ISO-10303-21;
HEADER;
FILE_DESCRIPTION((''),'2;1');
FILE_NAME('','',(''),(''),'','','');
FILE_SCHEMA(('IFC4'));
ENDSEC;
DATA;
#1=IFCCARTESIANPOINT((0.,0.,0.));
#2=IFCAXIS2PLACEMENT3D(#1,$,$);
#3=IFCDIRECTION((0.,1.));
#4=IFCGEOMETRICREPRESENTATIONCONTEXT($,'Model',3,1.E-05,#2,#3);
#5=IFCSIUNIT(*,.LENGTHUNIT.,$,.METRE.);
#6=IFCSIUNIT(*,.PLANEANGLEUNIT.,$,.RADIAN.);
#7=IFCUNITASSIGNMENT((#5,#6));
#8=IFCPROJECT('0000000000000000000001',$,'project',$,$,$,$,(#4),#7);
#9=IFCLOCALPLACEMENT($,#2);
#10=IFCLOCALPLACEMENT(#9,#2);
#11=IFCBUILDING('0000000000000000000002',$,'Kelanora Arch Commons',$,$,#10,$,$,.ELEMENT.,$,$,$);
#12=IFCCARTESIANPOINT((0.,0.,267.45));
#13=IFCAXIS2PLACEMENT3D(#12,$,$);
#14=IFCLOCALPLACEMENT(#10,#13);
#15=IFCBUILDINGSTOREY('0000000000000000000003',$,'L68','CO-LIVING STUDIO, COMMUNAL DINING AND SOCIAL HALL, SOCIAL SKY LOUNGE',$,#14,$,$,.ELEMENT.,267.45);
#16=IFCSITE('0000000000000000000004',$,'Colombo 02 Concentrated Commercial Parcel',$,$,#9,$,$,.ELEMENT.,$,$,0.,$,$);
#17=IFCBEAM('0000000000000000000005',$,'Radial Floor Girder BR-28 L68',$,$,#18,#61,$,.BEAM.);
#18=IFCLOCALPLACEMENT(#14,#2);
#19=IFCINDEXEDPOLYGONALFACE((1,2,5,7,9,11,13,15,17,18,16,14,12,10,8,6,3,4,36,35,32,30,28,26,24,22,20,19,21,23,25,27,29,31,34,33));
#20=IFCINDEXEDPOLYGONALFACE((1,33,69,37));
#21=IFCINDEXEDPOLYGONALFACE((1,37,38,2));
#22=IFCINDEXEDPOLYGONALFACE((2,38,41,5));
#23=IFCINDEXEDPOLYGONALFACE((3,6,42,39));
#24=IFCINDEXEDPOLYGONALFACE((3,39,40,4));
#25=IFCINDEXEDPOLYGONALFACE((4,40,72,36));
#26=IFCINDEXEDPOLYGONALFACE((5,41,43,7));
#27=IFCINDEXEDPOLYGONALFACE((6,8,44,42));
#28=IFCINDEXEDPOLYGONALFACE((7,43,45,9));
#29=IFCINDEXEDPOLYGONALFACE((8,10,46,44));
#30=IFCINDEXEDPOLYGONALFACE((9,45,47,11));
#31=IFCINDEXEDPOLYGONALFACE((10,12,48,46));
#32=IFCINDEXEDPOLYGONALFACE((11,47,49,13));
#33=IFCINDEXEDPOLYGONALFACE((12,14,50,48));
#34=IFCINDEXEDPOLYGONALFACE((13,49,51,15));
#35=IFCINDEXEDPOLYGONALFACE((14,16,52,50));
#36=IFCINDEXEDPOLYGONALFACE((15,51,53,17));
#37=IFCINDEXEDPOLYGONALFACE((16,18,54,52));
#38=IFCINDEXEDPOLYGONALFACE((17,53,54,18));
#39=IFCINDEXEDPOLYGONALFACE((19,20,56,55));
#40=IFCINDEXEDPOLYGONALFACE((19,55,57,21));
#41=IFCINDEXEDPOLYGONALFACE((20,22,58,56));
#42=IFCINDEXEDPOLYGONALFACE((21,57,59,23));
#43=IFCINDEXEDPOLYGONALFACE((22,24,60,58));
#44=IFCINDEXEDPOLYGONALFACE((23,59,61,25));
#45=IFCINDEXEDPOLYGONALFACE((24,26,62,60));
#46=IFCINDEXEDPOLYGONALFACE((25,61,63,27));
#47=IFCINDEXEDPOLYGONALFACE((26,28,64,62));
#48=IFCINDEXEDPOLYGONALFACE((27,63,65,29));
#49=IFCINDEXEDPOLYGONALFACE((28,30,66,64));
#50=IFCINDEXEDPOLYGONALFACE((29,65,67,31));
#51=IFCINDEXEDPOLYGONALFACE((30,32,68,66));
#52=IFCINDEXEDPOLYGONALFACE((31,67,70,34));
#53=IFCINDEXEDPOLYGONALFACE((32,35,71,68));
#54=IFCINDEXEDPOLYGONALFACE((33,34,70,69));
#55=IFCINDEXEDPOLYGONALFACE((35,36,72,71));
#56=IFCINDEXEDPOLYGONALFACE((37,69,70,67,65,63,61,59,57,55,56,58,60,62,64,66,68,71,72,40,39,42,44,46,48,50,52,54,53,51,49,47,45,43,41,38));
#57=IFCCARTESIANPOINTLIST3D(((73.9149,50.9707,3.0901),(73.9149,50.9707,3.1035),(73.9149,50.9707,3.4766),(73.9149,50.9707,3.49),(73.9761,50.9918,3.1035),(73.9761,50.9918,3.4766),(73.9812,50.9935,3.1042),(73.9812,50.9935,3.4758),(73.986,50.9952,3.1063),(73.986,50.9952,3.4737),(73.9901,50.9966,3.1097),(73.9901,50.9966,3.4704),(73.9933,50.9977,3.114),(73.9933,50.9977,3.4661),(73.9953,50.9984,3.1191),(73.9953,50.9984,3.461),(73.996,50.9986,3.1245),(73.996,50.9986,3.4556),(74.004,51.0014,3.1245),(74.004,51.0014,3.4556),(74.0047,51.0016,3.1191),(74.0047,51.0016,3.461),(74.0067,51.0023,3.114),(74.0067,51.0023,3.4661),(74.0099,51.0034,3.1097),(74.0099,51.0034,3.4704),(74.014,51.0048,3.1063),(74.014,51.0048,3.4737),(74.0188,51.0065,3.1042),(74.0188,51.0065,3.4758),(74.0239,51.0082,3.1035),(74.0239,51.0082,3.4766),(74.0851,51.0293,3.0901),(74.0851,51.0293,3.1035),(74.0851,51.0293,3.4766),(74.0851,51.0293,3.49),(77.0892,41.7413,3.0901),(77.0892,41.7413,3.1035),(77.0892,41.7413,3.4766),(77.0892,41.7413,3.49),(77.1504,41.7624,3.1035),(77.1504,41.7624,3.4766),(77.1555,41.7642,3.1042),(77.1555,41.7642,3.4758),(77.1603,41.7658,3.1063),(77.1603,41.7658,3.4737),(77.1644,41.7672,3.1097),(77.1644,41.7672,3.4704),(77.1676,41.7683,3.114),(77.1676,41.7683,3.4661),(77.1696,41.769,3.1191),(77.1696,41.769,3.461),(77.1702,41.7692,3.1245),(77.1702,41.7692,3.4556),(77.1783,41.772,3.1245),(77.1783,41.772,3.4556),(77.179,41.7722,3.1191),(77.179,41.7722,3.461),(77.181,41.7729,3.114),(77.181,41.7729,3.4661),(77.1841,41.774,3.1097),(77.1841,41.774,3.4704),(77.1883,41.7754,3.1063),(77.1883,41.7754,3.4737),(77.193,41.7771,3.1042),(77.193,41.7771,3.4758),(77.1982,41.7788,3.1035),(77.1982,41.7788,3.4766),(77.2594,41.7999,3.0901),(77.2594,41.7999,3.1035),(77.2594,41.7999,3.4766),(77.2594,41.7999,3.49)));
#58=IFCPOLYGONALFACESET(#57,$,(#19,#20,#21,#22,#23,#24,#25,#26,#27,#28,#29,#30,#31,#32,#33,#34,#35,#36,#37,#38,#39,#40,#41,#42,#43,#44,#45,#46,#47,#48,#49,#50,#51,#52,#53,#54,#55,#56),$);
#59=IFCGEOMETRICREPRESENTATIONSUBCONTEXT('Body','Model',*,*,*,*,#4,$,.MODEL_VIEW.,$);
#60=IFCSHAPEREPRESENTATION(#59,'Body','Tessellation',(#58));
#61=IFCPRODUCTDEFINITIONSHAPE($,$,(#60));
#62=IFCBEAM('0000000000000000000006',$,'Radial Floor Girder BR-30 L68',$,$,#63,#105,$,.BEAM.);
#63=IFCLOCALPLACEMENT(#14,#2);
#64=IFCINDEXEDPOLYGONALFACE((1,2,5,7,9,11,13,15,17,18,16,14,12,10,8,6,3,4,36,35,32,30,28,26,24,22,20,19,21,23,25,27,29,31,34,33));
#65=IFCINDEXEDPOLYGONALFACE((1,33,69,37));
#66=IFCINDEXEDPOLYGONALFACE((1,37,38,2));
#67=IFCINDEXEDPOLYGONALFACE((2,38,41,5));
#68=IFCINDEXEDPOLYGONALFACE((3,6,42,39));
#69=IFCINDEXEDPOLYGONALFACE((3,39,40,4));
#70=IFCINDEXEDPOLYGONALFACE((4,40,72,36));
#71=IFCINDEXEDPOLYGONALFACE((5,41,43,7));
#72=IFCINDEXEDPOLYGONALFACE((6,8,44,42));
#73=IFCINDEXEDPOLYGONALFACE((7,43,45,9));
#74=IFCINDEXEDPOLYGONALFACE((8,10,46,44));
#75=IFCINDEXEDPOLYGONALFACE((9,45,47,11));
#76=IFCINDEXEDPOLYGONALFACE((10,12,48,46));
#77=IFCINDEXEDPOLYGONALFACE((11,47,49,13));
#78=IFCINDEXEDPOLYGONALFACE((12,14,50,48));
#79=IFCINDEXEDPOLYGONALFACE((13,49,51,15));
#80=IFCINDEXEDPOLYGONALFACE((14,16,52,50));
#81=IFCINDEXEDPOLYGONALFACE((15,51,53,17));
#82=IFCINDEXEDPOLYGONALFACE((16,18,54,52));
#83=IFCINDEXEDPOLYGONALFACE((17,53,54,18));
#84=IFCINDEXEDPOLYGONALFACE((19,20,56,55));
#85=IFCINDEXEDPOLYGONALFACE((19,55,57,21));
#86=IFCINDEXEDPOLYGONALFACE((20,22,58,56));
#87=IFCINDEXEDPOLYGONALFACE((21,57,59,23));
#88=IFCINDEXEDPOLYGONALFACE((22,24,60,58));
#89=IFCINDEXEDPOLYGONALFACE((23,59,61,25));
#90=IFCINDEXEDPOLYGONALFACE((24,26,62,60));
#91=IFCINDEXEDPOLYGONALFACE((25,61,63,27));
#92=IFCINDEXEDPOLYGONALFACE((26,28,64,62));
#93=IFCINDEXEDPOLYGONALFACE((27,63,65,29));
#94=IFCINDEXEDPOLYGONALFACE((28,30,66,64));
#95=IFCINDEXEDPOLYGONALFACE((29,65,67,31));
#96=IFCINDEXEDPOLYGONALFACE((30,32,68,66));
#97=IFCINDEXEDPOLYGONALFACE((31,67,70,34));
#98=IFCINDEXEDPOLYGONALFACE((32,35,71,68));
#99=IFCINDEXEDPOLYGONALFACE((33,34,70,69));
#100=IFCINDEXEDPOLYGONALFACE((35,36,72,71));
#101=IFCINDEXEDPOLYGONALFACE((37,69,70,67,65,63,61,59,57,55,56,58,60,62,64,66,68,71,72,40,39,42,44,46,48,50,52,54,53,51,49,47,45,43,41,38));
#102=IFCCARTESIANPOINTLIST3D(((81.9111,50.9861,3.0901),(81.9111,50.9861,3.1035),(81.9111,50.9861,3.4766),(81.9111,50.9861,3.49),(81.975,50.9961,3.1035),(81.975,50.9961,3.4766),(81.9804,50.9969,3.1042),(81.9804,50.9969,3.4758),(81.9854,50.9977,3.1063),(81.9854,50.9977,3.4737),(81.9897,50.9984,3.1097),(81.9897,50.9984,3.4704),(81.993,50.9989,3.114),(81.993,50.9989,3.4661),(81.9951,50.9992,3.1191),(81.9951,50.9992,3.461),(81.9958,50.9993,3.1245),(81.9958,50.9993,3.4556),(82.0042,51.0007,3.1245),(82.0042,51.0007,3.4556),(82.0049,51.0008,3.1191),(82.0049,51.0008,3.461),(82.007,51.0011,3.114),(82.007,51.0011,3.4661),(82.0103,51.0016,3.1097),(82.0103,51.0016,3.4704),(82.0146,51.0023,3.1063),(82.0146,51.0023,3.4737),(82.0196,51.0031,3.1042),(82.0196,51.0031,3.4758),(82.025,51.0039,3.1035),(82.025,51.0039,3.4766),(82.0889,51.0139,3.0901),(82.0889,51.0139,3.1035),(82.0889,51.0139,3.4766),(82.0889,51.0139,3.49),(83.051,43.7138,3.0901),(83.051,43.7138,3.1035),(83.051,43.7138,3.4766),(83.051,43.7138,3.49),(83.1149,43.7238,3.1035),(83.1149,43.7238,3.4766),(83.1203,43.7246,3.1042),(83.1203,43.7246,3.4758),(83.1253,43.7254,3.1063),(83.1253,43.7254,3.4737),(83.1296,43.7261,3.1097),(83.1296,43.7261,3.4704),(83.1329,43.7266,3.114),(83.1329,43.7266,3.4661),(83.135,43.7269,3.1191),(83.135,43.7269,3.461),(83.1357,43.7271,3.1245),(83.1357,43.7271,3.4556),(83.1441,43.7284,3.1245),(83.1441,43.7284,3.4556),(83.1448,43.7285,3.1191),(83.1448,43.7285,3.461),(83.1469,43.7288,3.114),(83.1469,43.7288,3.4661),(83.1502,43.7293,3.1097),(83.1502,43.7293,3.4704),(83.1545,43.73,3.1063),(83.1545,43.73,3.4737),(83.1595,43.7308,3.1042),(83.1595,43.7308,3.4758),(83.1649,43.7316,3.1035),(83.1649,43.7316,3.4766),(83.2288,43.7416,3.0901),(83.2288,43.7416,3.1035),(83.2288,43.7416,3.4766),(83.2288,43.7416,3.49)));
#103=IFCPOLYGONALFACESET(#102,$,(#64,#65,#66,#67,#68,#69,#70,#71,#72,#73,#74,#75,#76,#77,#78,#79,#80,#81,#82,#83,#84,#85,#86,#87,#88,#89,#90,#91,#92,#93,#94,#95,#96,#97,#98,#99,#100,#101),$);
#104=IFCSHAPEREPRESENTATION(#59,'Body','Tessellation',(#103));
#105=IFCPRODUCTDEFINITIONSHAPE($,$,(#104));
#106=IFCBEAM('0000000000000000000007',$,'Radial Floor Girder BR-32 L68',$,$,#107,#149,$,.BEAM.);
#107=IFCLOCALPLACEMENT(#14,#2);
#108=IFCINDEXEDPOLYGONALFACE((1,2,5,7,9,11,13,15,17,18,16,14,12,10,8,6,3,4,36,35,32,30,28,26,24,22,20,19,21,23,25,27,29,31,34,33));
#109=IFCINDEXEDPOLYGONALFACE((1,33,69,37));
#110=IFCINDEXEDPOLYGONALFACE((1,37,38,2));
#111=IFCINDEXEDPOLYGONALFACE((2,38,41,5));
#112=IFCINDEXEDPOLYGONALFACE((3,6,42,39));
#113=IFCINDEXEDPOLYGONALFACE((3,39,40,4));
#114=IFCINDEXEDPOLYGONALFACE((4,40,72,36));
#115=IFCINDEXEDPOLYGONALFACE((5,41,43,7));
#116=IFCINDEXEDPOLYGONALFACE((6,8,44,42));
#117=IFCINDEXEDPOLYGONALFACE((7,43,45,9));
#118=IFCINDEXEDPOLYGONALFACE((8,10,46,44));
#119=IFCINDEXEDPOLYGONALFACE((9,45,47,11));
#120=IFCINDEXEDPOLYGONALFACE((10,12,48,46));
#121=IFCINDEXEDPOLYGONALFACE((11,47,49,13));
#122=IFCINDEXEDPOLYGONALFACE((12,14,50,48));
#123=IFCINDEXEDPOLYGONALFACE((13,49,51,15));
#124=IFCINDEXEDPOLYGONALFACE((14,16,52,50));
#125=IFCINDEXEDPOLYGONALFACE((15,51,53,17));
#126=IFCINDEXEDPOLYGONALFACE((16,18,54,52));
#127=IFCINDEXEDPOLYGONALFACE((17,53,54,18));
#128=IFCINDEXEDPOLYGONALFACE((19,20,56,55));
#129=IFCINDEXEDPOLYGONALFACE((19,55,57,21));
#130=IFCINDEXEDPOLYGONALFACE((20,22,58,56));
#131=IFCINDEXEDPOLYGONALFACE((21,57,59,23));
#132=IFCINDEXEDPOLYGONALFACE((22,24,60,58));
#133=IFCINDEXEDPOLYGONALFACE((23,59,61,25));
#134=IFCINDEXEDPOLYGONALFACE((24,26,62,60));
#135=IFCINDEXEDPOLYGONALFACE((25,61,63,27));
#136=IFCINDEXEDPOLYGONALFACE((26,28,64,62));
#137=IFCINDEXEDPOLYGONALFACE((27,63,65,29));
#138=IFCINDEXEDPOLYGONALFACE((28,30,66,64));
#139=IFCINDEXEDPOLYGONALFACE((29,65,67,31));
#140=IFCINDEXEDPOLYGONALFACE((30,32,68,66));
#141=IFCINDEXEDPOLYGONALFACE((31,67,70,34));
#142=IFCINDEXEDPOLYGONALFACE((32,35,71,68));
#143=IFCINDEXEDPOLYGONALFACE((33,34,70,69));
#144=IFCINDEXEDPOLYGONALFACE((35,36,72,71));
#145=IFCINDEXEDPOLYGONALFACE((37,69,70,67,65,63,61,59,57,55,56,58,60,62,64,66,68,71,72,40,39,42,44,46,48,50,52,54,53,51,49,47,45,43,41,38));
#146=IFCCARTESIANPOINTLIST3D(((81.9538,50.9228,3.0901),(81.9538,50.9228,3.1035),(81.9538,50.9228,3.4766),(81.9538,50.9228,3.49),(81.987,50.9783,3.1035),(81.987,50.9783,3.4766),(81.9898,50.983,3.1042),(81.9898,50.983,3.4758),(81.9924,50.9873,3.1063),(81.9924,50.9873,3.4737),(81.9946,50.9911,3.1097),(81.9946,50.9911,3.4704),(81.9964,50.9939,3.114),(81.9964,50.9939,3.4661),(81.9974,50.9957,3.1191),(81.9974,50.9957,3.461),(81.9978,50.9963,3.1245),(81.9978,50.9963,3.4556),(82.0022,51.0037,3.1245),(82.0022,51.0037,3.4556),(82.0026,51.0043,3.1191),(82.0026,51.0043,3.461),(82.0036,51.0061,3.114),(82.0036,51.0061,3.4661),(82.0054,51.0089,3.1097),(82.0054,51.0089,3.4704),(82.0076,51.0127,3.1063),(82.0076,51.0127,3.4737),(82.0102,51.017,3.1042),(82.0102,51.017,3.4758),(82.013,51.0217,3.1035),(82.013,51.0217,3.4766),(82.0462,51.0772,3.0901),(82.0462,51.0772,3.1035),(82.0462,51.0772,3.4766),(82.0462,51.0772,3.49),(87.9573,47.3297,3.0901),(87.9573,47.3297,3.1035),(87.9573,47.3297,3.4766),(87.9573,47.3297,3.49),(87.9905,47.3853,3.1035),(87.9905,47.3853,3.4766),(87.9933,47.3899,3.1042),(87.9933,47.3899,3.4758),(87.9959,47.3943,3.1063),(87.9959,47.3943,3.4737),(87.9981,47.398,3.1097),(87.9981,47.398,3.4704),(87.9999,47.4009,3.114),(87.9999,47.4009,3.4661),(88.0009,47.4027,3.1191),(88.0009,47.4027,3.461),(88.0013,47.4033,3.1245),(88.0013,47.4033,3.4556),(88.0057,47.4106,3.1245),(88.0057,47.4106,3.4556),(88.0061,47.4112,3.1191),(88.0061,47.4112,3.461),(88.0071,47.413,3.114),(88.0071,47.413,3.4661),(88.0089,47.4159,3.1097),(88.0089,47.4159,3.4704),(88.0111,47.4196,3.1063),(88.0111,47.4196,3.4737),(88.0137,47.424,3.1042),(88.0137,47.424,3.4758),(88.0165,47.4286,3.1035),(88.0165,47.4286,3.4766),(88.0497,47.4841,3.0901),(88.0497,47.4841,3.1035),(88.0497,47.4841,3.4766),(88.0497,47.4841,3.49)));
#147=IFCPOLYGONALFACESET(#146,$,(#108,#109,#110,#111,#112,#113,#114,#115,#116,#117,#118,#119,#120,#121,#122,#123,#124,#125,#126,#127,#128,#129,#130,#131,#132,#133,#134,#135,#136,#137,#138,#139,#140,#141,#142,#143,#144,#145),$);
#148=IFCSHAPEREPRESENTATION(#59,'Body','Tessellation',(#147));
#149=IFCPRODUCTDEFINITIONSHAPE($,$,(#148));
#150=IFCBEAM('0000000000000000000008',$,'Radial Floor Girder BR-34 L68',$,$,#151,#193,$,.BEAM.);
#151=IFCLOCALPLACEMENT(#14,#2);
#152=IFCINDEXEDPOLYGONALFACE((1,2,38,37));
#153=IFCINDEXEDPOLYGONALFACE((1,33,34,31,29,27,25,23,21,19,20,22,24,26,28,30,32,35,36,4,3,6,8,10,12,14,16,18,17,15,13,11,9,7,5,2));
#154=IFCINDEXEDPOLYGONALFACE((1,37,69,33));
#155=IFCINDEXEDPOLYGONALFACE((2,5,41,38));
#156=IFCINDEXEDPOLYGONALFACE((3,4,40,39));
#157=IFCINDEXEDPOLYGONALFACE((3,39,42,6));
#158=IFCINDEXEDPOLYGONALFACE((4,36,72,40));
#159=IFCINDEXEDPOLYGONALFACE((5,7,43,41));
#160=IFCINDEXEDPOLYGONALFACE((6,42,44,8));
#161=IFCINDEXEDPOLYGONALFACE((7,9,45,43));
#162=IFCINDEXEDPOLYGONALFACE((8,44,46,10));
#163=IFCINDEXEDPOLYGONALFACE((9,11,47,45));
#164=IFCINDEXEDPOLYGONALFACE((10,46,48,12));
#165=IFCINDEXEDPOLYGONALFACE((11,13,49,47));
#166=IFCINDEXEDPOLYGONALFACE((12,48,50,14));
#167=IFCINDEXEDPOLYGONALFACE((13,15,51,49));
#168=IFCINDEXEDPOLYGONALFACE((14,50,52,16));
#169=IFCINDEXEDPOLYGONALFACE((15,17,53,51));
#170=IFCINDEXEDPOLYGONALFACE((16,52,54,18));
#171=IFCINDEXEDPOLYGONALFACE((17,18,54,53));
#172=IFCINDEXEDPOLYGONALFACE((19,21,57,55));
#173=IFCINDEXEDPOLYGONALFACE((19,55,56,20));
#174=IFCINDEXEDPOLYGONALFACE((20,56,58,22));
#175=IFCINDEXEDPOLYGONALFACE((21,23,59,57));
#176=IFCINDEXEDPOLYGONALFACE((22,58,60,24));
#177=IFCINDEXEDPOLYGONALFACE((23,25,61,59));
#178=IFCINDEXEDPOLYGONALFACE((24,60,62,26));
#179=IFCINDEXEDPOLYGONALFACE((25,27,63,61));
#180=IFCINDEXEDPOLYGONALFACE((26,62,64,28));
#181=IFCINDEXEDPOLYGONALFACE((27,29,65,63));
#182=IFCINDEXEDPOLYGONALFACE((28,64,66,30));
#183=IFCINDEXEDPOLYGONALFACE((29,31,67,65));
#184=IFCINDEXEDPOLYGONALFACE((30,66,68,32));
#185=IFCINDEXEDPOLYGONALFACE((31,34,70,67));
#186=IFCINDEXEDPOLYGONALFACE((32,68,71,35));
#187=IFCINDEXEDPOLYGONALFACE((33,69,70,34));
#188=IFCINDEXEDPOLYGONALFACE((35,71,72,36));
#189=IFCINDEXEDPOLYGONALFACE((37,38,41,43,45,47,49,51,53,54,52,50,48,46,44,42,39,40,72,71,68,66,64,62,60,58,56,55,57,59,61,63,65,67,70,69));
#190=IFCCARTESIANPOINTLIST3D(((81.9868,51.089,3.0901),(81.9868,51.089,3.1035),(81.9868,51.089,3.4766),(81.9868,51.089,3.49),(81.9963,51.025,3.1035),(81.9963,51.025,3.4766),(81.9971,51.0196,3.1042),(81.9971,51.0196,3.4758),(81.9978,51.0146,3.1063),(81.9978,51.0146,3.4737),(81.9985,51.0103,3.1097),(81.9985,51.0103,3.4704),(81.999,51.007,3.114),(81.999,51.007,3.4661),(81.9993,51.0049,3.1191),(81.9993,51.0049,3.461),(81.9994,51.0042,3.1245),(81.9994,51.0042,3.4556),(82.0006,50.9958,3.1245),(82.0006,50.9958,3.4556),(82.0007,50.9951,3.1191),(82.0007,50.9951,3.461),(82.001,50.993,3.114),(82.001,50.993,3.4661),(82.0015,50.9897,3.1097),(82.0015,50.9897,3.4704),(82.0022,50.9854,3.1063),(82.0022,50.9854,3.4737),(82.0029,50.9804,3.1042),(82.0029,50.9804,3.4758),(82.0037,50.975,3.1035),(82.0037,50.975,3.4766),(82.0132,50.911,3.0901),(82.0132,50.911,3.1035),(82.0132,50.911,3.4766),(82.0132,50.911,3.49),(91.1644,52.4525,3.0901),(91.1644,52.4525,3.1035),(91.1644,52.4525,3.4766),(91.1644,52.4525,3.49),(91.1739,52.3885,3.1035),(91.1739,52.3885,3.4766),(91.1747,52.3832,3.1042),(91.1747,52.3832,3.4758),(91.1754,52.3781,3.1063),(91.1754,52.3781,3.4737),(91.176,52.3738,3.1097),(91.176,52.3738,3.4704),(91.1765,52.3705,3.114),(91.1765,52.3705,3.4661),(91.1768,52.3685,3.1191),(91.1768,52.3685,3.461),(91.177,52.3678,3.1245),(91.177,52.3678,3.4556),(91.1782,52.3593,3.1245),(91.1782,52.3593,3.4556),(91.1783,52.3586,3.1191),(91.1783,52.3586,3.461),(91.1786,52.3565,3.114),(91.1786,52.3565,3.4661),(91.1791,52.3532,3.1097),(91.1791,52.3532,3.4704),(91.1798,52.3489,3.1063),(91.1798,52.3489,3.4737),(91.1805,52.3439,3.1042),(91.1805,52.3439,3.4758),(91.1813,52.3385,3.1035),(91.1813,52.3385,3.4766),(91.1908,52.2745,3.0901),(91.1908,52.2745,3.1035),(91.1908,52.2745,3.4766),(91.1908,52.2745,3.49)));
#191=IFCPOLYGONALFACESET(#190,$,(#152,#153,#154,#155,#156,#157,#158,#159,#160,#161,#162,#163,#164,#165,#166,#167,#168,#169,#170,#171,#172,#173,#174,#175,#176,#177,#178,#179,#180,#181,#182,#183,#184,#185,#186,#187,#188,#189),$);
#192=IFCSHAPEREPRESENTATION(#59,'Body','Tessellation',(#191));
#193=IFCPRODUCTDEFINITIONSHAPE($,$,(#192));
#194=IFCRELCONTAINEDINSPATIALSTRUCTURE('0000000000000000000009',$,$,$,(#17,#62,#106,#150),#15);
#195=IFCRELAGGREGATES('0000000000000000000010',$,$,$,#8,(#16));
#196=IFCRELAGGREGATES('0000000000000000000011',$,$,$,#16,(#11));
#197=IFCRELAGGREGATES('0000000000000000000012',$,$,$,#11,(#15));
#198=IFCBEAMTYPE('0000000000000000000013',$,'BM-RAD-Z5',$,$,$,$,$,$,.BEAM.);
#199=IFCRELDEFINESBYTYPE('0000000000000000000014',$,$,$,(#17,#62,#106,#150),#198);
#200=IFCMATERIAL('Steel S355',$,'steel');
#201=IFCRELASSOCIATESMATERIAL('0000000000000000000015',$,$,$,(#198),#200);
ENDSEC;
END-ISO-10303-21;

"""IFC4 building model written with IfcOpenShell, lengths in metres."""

from ifc_helpers import new_model, si_unit, direction, frame, origin, origin_2d, place, context, subcontext, project, spatial, i_section, extrude, material, material_profile, profile_set, type_object, element, save


model = new_model("IFC4")

# Units and contexts
model_context = context("Model", 3, precision=1e-05, world=origin(), true_north=direction((0.0, 1.0)))
body_context = subcontext(model_context, "Body", "Model", "MODEL_VIEW")
ifc_project = project(units=[si_unit("LENGTHUNIT", "METRE"), si_unit("PLANEANGLEUNIT", "RADIAN")], contexts=[model_context])

# Site, building, storey
site_placement = place(None, origin())
site = spatial("IfcSite", under=ifc_project, at=site_placement, Name="Colombo 02 Concentrated Commercial Parcel", CompositionType="ELEMENT", RefElevation=0.0)
building_placement = place(site_placement, origin())
building = spatial("IfcBuilding", under=site, at=building_placement, Name="Kelanora Arch Commons", CompositionType="ELEMENT")
storey_placement = place(building_placement, frame((0.0, 0.0, 267.45)))
storey = spatial("IfcBuildingStorey", under=building, at=storey_placement, Name="L68", Description="CO-LIVING STUDIO, COMMUNAL DINING AND SOCIAL HALL, SOCIAL SKY LOUNGE", CompositionType="ELEMENT", Elevation=267.45)

# Beams
ifc_material_1 = material(Name="Steel S355", Category="steel")
ifc_material_profile_1 = material_profile(ifc_material_1, i_section(OverallWidth=0.1799, OverallDepth=0.3999, WebThickness=0.0085, FlangeThickness=0.0134, FilletRadius=0.021, at=origin_2d()), Name="IPE400")
ifc_profile_set_1 = profile_set([ifc_material_profile_1], Name="Steel S355")
beam_type_1 = type_object("IfcBeamType", Name="BM-RAD-Z5", PredefinedType="BEAM", material=ifc_profile_set_1)
beam_1_placement = place(storey_placement, frame((74.0, 51.0, 3.29), z_axis=(0.325234, -0.945634, 0.0), x_axis=(0.945634, 0.325234, 0.0)))
element("IfcBeam", 1, at=beam_1_placement, inside=storey, type_object=beam_type_1, Name="Radial Floor Girder BR-28 L68", PredefinedType="BEAM", context=body_context, shape_type="SweptSolid", body=[
    extrude(i_section(OverallWidth=0.1799, OverallDepth=0.3999, WebThickness=0.0085, FlangeThickness=0.0134, FilletRadius=0.021, at=origin_2d()), origin(), (0.0, 0.0, 1.0), 9.76),
])
beam_2_placement = place(storey_placement, frame((82.0, 51.0, 3.29), z_axis=(0.154855, -0.987937, 0.0), x_axis=(0.987937, 0.154855, 0.0)))
element("IfcBeam", 2, at=beam_2_placement, inside=storey, type_object=beam_type_1, Name="Radial Floor Girder BR-30 L68", PredefinedType="BEAM", context=body_context, shape_type="SweptSolid", body=[
    extrude(i_section(OverallWidth=0.1799, OverallDepth=0.3999, WebThickness=0.0085, FlangeThickness=0.0134, FilletRadius=0.021, at=origin_2d()), origin(), (0.0, 0.0, 1.0), 7.3611),
])
beam_3_placement = place(storey_placement, frame((82.0, 51.0, 3.29), z_axis=(0.858062, -0.513546, 0.0), x_axis=(0.513546, 0.858062, 0.0)))
element("IfcBeam", 3, at=beam_3_placement, inside=storey, type_object=beam_type_1, Name="Radial Floor Girder BR-32 L68", PredefinedType="BEAM", context=body_context, shape_type="SweptSolid", body=[
    extrude(i_section(OverallWidth=0.1799, OverallDepth=0.3999, WebThickness=0.0085, FlangeThickness=0.0134, FilletRadius=0.021, at=origin_2d()), origin(), (0.0, 0.0, 1.0), 6.9966),
])
beam_4_placement = place(storey_placement, frame((82.0, 51.0, 3.29), z_axis=(0.989142, 0.14696, 0.0), x_axis=(-0.14696, 0.989142, 0.0)))
element("IfcBeam", 4, at=beam_4_placement, inside=storey, type_object=beam_type_1, Name="Radial Floor Girder BR-34 L68", PredefinedType="BEAM", context=body_context, shape_type="SweptSolid", body=[
    extrude(i_section(OverallWidth=0.1799, OverallDepth=0.3999, WebThickness=0.0085, FlangeThickness=0.0134, FilletRadius=0.021, at=origin_2d()), origin(), (0.0, 0.0, 1.0), 9.2783),
])

save(model, "model.ifc")
